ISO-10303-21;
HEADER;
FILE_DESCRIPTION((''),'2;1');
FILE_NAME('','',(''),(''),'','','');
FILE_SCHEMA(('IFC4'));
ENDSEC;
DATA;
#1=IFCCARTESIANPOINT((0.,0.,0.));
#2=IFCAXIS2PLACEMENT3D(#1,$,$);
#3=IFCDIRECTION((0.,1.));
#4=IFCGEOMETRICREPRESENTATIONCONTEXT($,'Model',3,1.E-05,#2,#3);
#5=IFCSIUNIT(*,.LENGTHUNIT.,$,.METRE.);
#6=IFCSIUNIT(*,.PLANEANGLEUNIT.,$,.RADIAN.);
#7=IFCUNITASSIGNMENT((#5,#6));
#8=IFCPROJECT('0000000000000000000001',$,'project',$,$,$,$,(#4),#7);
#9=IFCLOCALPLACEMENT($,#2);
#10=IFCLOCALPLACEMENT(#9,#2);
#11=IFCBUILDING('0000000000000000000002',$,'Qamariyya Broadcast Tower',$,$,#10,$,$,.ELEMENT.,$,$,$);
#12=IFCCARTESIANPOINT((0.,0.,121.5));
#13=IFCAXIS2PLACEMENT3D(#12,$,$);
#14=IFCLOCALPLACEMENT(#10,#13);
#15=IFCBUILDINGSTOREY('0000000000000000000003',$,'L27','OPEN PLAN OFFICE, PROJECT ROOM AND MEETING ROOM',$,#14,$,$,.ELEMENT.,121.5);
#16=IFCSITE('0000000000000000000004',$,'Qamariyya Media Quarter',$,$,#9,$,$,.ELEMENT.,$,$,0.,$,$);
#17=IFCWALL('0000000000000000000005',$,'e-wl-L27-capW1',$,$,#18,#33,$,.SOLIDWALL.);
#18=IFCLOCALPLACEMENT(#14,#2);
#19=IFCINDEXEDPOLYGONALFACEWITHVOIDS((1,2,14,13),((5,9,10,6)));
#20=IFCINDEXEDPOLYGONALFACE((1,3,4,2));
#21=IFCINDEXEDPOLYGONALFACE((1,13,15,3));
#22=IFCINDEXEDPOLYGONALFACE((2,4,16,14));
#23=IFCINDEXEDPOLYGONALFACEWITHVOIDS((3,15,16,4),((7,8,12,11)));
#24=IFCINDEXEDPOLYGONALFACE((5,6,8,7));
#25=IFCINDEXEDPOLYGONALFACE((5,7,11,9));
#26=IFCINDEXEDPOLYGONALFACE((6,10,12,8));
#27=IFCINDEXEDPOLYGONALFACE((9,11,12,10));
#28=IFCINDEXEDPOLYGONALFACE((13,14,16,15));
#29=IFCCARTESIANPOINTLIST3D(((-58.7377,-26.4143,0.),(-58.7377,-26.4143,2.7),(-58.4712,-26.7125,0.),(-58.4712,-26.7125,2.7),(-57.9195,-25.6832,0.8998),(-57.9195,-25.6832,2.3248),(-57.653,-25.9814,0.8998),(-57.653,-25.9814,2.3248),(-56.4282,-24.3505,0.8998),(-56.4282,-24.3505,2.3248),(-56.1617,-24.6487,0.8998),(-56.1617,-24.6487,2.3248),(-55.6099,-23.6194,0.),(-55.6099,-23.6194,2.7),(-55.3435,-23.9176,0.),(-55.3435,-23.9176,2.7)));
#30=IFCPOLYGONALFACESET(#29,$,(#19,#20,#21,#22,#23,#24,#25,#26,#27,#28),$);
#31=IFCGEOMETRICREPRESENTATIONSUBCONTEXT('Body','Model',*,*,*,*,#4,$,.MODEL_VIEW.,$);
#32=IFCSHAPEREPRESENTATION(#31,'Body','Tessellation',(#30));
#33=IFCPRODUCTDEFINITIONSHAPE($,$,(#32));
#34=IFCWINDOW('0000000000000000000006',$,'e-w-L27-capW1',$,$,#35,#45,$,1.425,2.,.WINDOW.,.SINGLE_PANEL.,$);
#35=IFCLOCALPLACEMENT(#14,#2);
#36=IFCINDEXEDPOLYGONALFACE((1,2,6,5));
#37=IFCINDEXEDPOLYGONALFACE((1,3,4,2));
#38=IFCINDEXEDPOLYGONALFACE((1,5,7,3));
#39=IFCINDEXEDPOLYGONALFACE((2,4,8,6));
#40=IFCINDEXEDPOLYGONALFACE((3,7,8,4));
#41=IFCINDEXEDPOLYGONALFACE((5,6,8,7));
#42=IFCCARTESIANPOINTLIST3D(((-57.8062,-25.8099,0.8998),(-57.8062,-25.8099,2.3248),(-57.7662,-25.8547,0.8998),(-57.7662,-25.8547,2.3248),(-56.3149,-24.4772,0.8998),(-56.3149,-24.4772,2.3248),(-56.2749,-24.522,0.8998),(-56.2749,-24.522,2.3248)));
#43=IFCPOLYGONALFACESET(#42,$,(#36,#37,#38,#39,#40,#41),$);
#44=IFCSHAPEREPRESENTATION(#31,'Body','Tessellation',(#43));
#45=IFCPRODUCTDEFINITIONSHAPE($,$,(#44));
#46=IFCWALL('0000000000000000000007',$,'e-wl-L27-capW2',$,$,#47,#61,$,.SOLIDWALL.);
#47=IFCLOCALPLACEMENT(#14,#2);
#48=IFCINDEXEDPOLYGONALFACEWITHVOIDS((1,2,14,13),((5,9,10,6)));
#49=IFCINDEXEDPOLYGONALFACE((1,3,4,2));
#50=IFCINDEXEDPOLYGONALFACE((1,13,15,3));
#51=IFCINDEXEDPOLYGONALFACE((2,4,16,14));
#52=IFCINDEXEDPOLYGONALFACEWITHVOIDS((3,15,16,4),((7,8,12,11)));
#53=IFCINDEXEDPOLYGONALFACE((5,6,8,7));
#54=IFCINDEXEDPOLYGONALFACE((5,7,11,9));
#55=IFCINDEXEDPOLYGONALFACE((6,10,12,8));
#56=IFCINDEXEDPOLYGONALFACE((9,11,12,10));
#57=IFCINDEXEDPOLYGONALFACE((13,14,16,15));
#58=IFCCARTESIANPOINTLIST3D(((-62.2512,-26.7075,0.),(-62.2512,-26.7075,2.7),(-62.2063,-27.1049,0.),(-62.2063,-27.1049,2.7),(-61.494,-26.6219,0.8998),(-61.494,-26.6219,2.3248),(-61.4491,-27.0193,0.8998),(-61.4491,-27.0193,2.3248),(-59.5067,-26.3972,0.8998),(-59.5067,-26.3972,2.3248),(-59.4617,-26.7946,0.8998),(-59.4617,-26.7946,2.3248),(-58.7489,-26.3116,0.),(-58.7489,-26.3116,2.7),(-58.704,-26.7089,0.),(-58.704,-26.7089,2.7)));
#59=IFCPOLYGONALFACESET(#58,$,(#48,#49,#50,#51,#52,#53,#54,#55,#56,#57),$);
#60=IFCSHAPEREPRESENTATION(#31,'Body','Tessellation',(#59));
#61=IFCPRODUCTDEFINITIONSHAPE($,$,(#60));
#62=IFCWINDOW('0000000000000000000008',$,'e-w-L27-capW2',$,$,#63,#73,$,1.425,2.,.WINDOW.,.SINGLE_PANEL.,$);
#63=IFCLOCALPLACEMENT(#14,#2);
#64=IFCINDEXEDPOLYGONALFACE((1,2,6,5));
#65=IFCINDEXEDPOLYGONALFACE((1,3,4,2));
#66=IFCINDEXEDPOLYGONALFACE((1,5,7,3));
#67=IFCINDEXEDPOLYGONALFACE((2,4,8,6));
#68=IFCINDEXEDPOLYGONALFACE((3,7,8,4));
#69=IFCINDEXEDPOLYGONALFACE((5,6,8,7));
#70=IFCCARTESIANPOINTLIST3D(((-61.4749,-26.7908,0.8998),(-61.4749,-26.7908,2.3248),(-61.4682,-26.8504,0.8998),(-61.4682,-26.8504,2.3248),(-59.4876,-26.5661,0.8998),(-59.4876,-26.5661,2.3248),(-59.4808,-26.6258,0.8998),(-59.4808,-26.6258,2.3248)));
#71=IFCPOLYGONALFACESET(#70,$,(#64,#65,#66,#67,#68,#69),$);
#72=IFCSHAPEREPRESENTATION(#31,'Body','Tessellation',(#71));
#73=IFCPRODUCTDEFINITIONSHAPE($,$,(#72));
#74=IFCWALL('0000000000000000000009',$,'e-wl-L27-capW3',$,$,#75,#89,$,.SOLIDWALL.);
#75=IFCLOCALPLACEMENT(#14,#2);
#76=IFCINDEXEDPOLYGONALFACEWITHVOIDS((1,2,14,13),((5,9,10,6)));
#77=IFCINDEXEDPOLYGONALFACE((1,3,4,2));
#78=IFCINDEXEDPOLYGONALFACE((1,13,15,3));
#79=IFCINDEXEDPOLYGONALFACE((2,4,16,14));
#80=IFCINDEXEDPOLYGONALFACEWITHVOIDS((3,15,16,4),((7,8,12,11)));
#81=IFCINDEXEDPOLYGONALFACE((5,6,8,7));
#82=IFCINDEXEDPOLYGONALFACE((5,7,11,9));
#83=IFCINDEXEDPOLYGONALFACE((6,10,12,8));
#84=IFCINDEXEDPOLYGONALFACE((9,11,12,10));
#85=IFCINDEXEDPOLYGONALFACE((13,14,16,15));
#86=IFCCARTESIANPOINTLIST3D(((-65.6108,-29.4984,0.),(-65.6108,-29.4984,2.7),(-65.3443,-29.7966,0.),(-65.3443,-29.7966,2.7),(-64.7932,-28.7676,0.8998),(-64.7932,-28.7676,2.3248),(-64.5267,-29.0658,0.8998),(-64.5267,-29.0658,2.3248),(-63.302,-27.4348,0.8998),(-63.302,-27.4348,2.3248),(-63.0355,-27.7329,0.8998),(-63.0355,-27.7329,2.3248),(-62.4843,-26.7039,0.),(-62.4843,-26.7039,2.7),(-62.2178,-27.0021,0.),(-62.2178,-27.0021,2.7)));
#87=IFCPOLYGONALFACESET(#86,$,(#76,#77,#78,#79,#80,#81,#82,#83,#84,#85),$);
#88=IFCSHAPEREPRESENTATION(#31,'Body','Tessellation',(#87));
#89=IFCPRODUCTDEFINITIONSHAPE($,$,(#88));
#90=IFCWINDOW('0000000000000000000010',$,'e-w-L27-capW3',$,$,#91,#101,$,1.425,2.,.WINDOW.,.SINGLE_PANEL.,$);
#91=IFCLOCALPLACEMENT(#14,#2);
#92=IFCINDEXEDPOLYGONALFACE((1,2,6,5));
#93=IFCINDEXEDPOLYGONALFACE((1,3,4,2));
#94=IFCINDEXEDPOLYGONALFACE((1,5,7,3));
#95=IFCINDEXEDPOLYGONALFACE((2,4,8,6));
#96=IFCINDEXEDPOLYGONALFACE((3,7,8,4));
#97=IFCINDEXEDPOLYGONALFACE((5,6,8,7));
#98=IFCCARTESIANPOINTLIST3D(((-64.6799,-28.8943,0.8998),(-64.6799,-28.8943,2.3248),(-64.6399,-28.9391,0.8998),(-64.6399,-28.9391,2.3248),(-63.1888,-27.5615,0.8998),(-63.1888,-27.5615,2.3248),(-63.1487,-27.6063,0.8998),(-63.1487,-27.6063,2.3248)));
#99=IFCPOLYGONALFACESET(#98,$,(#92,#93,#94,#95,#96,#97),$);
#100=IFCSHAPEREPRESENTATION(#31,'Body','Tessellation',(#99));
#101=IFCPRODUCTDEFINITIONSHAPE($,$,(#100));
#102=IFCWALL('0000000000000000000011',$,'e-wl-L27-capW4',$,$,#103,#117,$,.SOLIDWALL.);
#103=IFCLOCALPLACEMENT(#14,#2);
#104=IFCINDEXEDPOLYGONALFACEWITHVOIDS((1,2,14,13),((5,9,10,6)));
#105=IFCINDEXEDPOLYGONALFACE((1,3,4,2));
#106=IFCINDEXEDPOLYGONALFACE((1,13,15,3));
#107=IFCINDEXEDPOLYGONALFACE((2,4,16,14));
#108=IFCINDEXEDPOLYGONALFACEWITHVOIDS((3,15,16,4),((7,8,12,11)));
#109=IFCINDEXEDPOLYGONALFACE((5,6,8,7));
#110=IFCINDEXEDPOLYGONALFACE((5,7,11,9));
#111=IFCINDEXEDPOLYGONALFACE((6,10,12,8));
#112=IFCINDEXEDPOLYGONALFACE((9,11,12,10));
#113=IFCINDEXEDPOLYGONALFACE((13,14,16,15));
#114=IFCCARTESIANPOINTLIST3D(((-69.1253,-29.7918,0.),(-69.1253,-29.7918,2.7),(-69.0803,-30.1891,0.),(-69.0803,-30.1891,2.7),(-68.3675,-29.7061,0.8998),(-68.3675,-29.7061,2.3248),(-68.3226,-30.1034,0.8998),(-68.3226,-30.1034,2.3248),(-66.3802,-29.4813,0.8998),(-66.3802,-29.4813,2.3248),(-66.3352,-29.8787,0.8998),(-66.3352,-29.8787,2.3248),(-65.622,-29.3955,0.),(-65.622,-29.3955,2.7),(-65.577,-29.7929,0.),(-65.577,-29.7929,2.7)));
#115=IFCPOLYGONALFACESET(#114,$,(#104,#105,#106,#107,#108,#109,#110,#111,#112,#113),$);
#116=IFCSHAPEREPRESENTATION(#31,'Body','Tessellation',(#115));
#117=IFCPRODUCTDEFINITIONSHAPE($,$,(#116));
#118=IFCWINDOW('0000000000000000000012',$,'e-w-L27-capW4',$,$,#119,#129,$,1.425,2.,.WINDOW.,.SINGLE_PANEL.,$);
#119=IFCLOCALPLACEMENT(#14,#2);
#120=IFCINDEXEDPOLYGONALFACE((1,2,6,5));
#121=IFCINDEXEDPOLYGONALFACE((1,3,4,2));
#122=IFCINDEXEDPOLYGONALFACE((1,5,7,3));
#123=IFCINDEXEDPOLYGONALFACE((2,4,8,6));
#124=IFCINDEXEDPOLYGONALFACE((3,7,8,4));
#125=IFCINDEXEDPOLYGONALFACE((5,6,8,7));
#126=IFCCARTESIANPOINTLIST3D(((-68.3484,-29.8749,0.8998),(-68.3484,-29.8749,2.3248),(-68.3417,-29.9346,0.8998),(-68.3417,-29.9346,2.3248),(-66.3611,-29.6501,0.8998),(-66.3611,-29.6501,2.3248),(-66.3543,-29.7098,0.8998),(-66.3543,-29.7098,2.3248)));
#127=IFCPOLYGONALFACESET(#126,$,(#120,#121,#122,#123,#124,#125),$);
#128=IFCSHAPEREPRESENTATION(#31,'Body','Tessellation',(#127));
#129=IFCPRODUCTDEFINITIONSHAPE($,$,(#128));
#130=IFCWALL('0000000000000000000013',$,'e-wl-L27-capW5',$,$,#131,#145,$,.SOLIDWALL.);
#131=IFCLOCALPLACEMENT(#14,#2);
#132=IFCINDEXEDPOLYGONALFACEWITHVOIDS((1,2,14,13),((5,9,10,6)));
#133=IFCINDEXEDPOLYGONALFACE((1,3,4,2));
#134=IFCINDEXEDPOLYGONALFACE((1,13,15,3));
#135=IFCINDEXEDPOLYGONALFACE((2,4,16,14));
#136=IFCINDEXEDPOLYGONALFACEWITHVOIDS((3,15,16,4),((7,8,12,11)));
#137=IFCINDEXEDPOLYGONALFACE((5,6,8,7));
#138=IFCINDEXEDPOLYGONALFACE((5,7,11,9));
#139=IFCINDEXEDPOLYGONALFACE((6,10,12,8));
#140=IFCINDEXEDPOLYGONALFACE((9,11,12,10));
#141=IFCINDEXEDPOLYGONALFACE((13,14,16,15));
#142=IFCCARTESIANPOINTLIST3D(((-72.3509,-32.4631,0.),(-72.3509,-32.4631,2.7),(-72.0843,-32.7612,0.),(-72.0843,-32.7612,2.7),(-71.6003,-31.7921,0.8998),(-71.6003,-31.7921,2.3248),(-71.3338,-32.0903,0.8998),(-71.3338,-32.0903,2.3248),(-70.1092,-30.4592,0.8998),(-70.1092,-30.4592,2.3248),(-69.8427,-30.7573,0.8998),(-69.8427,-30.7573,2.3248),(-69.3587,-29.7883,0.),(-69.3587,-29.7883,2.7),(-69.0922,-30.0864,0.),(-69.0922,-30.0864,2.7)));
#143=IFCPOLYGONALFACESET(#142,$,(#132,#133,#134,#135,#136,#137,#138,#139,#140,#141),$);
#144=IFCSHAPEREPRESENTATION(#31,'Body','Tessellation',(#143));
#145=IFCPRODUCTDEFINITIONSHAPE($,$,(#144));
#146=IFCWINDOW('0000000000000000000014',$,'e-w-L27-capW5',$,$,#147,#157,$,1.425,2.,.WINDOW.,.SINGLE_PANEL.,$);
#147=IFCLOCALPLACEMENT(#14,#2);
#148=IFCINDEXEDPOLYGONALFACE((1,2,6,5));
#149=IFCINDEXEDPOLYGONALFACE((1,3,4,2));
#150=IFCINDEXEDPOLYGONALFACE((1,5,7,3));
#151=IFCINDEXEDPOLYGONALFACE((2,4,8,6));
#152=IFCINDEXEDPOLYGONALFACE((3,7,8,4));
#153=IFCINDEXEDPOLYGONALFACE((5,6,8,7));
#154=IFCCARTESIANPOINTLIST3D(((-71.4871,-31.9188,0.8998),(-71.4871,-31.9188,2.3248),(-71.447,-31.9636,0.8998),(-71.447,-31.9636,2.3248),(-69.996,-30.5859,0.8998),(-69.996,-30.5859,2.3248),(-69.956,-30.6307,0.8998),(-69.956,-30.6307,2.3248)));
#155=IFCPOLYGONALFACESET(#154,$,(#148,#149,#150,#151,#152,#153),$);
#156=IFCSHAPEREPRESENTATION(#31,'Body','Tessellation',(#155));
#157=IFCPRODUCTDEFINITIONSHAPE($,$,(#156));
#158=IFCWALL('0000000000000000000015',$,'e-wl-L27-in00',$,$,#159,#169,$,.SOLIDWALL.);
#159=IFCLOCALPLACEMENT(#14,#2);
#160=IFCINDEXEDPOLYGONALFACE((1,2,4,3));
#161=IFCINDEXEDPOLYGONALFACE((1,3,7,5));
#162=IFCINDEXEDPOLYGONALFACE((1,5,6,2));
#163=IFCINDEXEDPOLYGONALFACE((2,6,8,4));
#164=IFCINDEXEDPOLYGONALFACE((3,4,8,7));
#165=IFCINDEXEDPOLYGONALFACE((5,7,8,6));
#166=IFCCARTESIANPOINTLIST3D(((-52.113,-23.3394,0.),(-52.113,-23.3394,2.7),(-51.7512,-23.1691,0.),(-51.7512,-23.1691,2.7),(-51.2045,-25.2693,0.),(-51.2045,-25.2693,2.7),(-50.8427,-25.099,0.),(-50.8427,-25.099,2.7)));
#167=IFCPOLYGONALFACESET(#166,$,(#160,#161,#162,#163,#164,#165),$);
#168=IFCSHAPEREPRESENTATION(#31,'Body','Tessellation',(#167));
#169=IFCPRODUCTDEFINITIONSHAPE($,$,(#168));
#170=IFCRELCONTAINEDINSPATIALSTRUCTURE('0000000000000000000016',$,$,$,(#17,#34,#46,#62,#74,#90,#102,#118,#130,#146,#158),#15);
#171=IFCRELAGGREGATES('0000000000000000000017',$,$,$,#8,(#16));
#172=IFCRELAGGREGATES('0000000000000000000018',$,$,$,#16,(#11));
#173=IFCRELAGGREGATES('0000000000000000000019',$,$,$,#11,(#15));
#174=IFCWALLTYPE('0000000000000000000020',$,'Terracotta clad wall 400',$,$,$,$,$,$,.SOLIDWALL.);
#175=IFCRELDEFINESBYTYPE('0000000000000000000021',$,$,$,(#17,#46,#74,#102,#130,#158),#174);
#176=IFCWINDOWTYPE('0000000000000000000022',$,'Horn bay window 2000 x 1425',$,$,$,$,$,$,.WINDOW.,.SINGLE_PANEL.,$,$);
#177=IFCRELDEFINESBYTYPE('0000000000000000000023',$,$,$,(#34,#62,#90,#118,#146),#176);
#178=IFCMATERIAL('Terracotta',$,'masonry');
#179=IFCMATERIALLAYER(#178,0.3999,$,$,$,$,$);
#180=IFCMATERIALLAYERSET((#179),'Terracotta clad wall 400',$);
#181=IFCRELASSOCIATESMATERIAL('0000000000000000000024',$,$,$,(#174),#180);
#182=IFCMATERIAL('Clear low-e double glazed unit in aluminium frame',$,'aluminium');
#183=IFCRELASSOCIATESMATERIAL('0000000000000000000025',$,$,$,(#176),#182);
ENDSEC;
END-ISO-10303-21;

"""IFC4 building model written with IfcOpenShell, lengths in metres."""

from ifc_helpers import new_model, si_unit, direction, frame, frame_2d, origin, place, context, subcontext, project, spatial, rectangle, extrude, material, layer, layer_set, type_object, element, fill, save


model = new_model("IFC4")

# Units and contexts
model_context = context("Model", 3, precision=1e-05, world=origin(), true_north=direction((0.0, 1.0)))
body_context = subcontext(model_context, "Body", "Model", "MODEL_VIEW")
ifc_project = project(units=[si_unit("LENGTHUNIT", "METRE"), si_unit("PLANEANGLEUNIT", "RADIAN")], contexts=[model_context])

# Site, building, storey
site_placement = place(None, origin())
site = spatial("IfcSite", under=ifc_project, at=site_placement, Name="Qamariyya Media Quarter", CompositionType="ELEMENT", RefElevation=0.0)
building_placement = place(site_placement, origin())
building = spatial("IfcBuilding", under=site, at=building_placement, Name="Qamariyya Broadcast Tower", CompositionType="ELEMENT")
storey_placement = place(building_placement, frame((0.0, 0.0, 121.5)))
storey = spatial("IfcBuildingStorey", under=building, at=storey_placement, Name="L27", Description="OPEN PLAN OFFICE, PROJECT ROOM AND MEETING ROOM", CompositionType="ELEMENT", Elevation=121.5)

# Walls, openings, windows
ifc_material_1 = material(Name="Terracotta", Category="masonry")
ifc_layer = layer(ifc_material_1, 0.3999)
ifc_layer_set = layer_set([ifc_layer], Name="Terracotta clad wall 400")
wall_type = type_object("IfcWallType", Name="Terracotta clad wall 400", PredefinedType="SOLIDWALL", material=ifc_layer_set)
ifc_material_2 = material(Name="Clear low-e double glazed unit in aluminium frame", Category="aluminium")
window_type_1 = type_object("IfcWindowType", Name="Horn bay window 2000 x 1425", PartitioningType="SINGLE_PANEL", PredefinedType="WINDOW", material=ifc_material_2)
wall_1_placement = place(storey_placement, frame((-55.4768, -23.7686, 0.0), z_axis=(0.0, 0.0, 1.0), x_axis=(-0.74566, -0.666327, 0.0)))
wall_1 = element("IfcWall", 1, at=wall_1_placement, inside=storey, type_object=wall_type, Name="e-wl-L27-capW1", PredefinedType="SOLIDWALL", context=body_context, shape_type="SweptSolid", body=[
    extrude(rectangle(XDim=4.1946, YDim=0.3999, at=frame_2d((2.0972, 0.0))), origin(), (0.0, 0.0, 1.0), 2.7),
])
opening_1_placement = place(wall_1_placement, frame((1.0972, 0.0, 0.8999)))
opening_1 = element("IfcOpeningElement", 2, at=opening_1_placement, cuts=wall_1, PredefinedType="OPENING", context=body_context, shape_type="SweptSolid", body=[
    extrude(rectangle(XDim=2.0, YDim=1.425, at=frame_2d((1.0, 0.7124))), frame((0.0, 0.21, 0.0), z_axis=(0.0, -1.0, 0.0), x_axis=(1.0, 0.0, 0.0)), (0.0, 0.0, 1.0), 0.4199),
])
window_1_placement = place(opening_1_placement, origin())
window_1 = element("IfcWindow", 3, at=window_1_placement, inside=storey, type_object=window_type_1, Name="e-w-L27-capW1", OverallHeight=1.425, OverallWidth=2.0, PartitioningType="SINGLE_PANEL", PredefinedType="WINDOW", context=body_context, shape_type="SweptSolid", body=[
    extrude(rectangle(XDim=2.0, YDim=1.425, at=frame_2d((1.0, 0.7124))), frame((0.0, 0.03, 0.0), z_axis=(0.0, -1.0, 0.0), x_axis=(1.0, 0.0, 0.0)), (0.0, 0.0, 1.0), 0.0601),
])
fill(opening_1, window_1)
wall_2_placement = place(storey_placement, frame((-58.7266, -26.5103, 0.0), z_axis=(0.0, 0.0, 1.0), x_axis=(-0.993669, -0.112347, 0.0)))
wall_2 = element("IfcWall", 4, at=wall_2_placement, inside=storey, type_object=wall_type, Name="e-wl-L27-capW2", PredefinedType="SOLIDWALL", context=body_context, shape_type="SweptSolid", body=[
    extrude(rectangle(XDim=3.5247, YDim=0.3999, at=frame_2d((1.7622, 0.0))), origin(), (0.0, 0.0, 1.0), 2.7),
])
opening_2_placement = place(wall_2_placement, frame((0.7625, 0.0, 0.8999)))
opening_2 = element("IfcOpeningElement", 5, at=opening_2_placement, cuts=wall_2, PredefinedType="OPENING", context=body_context, shape_type="SweptSolid", body=[
    extrude(rectangle(XDim=2.0, YDim=1.425, at=frame_2d((1.0, 0.7124))), frame((0.0, 0.21, 0.0), z_axis=(0.0, -1.0, 0.0), x_axis=(1.0, 0.0, 0.0)), (0.0, 0.0, 1.0), 0.4199),
])
window_2_placement = place(opening_2_placement, origin())
window_2 = element("IfcWindow", 6, at=window_2_placement, inside=storey, type_object=window_type_1, Name="e-w-L27-capW2", OverallHeight=1.425, OverallWidth=2.0, PartitioningType="SINGLE_PANEL", PredefinedType="WINDOW", context=body_context, shape_type="SweptSolid", body=[
    extrude(rectangle(XDim=2.0, YDim=1.425, at=frame_2d((1.0, 0.7124))), frame((0.0, 0.03, 0.0), z_axis=(0.0, -1.0, 0.0), x_axis=(1.0, 0.0, 0.0)), (0.0, 0.0, 1.0), 0.0601),
])
fill(opening_2, window_2)
wall_3_placement = place(storey_placement, frame((-62.3511, -26.853, 0.0), z_axis=(0.0, 0.0, 1.0), x_axis=(-0.745588, -0.666407, 0.0)))
wall_3 = element("IfcWall", 7, at=wall_3_placement, inside=storey, type_object=wall_type, Name="e-wl-L27-capW3", PredefinedType="SOLIDWALL", context=body_context, shape_type="SweptSolid", body=[
    extrude(rectangle(XDim=4.1934, YDim=0.3999, at=frame_2d((2.0967, 0.0))), origin(), (0.0, 0.0, 1.0), 2.7),
])
opening_3_placement = place(wall_3_placement, frame((1.0967, 0.0, 0.8999)))
opening_3 = element("IfcOpeningElement", 8, at=opening_3_placement, cuts=wall_3, PredefinedType="OPENING", context=body_context, shape_type="SweptSolid", body=[
    extrude(rectangle(XDim=2.0, YDim=1.425, at=frame_2d((1.0, 0.7124))), frame((0.0, 0.21, 0.0), z_axis=(0.0, -1.0, 0.0), x_axis=(1.0, 0.0, 0.0)), (0.0, 0.0, 1.0), 0.4199),
])
window_3_placement = place(opening_3_placement, origin())
window_3 = element("IfcWindow", 9, at=window_3_placement, inside=storey, type_object=window_type_1, Name="e-w-L27-capW3", OverallHeight=1.425, OverallWidth=2.0, PartitioningType="SINGLE_PANEL", PredefinedType="WINDOW", context=body_context, shape_type="SweptSolid", body=[
    extrude(rectangle(XDim=2.0, YDim=1.425, at=frame_2d((1.0, 0.7124))), frame((0.0, 0.03, 0.0), z_axis=(0.0, -1.0, 0.0), x_axis=(1.0, 0.0, 0.0)), (0.0, 0.0, 1.0), 0.0601),
])
fill(opening_3, window_3)
wall_4_placement = place(storey_placement, frame((-65.5996, -29.5942, 0.0), z_axis=(0.0, 0.0, 1.0), x_axis=(-0.993665, -0.112385, 0.0)))
wall_4 = element("IfcWall", 10, at=wall_4_placement, inside=storey, type_object=wall_type, Name="e-wl-L27-capW4", PredefinedType="SOLIDWALL", context=body_context, shape_type="SweptSolid", body=[
    extrude(rectangle(XDim=3.5256, YDim=0.3999, at=frame_2d((1.7627, 0.0))), origin(), (0.0, 0.0, 1.0), 2.7),
])
opening_4_placement = place(wall_4_placement, frame((0.7629, 0.0, 0.8999)))
opening_4 = element("IfcOpeningElement", 11, at=opening_4_placement, cuts=wall_4, PredefinedType="OPENING", context=body_context, shape_type="SweptSolid", body=[
    extrude(rectangle(XDim=2.0, YDim=1.425, at=frame_2d((1.0, 0.7124))), frame((0.0, 0.21, 0.0), z_axis=(0.0, -1.0, 0.0), x_axis=(1.0, 0.0, 0.0)), (0.0, 0.0, 1.0), 0.4199),
])
window_4_placement = place(opening_4_placement, origin())
window_4 = element("IfcWindow", 12, at=window_4_placement, inside=storey, type_object=window_type_1, Name="e-w-L27-capW4", OverallHeight=1.425, OverallWidth=2.0, PartitioningType="SINGLE_PANEL", PredefinedType="WINDOW", context=body_context, shape_type="SweptSolid", body=[
    extrude(rectangle(XDim=2.0, YDim=1.425, at=frame_2d((1.0, 0.7124))), frame((0.0, 0.03, 0.0), z_axis=(0.0, -1.0, 0.0), x_axis=(1.0, 0.0, 0.0)), (0.0, 0.0, 1.0), 0.0601),
])
fill(opening_4, window_4)
wall_5_placement = place(storey_placement, frame((-69.2253, -29.9373, 0.0), z_axis=(0.0, 0.0, 1.0), x_axis=(-0.74554, -0.666461, 0.0)))
wall_5 = element("IfcWall", 13, at=wall_5_placement, inside=storey, type_object=wall_type, Name="e-wl-L27-capW5", PredefinedType="SOLIDWALL", context=body_context, shape_type="SweptSolid", body=[
    extrude(rectangle(XDim=4.0134, YDim=0.3999, at=frame_2d((2.0068, 0.0))), origin(), (0.0, 0.0, 1.0), 2.7),
])
opening_5_placement = place(wall_5_placement, frame((1.0068, 0.0, 0.8999)))
opening_5 = element("IfcOpeningElement", 14, at=opening_5_placement, cuts=wall_5, PredefinedType="OPENING", context=body_context, shape_type="SweptSolid", body=[
    extrude(rectangle(XDim=2.0, YDim=1.425, at=frame_2d((1.0, 0.7124))), frame((0.0, 0.21, 0.0), z_axis=(0.0, -1.0, 0.0), x_axis=(1.0, 0.0, 0.0)), (0.0, 0.0, 1.0), 0.4199),
])
window_5_placement = place(opening_5_placement, origin())
window_5 = element("IfcWindow", 15, at=window_5_placement, inside=storey, type_object=window_type_1, Name="e-w-L27-capW5", OverallHeight=1.425, OverallWidth=2.0, PartitioningType="SINGLE_PANEL", PredefinedType="WINDOW", context=body_context, shape_type="SweptSolid", body=[
    extrude(rectangle(XDim=2.0, YDim=1.425, at=frame_2d((1.0, 0.7124))), frame((0.0, 0.03, 0.0), z_axis=(0.0, -1.0, 0.0), x_axis=(1.0, 0.0, 0.0)), (0.0, 0.0, 1.0), 0.0601),
])
fill(opening_5, window_5)

# Wall
wall_6_placement = place(storey_placement, frame((-51.0237, -25.1841, 0.0), z_axis=(0.0, 0.0, 1.0), x_axis=(-0.425891, 0.904775, 0.0)))
element("IfcWall", 16, at=wall_6_placement, inside=storey, type_object=wall_type, Name="e-wl-L27-in00", PredefinedType="SOLIDWALL", context=body_context, shape_type="SweptSolid", body=[
    extrude(rectangle(XDim=2.1331, YDim=0.3999, at=frame_2d((1.0664, 0.0))), origin(), (0.0, 0.0, 1.0), 2.7),
])

save(model, "model.ifc")
